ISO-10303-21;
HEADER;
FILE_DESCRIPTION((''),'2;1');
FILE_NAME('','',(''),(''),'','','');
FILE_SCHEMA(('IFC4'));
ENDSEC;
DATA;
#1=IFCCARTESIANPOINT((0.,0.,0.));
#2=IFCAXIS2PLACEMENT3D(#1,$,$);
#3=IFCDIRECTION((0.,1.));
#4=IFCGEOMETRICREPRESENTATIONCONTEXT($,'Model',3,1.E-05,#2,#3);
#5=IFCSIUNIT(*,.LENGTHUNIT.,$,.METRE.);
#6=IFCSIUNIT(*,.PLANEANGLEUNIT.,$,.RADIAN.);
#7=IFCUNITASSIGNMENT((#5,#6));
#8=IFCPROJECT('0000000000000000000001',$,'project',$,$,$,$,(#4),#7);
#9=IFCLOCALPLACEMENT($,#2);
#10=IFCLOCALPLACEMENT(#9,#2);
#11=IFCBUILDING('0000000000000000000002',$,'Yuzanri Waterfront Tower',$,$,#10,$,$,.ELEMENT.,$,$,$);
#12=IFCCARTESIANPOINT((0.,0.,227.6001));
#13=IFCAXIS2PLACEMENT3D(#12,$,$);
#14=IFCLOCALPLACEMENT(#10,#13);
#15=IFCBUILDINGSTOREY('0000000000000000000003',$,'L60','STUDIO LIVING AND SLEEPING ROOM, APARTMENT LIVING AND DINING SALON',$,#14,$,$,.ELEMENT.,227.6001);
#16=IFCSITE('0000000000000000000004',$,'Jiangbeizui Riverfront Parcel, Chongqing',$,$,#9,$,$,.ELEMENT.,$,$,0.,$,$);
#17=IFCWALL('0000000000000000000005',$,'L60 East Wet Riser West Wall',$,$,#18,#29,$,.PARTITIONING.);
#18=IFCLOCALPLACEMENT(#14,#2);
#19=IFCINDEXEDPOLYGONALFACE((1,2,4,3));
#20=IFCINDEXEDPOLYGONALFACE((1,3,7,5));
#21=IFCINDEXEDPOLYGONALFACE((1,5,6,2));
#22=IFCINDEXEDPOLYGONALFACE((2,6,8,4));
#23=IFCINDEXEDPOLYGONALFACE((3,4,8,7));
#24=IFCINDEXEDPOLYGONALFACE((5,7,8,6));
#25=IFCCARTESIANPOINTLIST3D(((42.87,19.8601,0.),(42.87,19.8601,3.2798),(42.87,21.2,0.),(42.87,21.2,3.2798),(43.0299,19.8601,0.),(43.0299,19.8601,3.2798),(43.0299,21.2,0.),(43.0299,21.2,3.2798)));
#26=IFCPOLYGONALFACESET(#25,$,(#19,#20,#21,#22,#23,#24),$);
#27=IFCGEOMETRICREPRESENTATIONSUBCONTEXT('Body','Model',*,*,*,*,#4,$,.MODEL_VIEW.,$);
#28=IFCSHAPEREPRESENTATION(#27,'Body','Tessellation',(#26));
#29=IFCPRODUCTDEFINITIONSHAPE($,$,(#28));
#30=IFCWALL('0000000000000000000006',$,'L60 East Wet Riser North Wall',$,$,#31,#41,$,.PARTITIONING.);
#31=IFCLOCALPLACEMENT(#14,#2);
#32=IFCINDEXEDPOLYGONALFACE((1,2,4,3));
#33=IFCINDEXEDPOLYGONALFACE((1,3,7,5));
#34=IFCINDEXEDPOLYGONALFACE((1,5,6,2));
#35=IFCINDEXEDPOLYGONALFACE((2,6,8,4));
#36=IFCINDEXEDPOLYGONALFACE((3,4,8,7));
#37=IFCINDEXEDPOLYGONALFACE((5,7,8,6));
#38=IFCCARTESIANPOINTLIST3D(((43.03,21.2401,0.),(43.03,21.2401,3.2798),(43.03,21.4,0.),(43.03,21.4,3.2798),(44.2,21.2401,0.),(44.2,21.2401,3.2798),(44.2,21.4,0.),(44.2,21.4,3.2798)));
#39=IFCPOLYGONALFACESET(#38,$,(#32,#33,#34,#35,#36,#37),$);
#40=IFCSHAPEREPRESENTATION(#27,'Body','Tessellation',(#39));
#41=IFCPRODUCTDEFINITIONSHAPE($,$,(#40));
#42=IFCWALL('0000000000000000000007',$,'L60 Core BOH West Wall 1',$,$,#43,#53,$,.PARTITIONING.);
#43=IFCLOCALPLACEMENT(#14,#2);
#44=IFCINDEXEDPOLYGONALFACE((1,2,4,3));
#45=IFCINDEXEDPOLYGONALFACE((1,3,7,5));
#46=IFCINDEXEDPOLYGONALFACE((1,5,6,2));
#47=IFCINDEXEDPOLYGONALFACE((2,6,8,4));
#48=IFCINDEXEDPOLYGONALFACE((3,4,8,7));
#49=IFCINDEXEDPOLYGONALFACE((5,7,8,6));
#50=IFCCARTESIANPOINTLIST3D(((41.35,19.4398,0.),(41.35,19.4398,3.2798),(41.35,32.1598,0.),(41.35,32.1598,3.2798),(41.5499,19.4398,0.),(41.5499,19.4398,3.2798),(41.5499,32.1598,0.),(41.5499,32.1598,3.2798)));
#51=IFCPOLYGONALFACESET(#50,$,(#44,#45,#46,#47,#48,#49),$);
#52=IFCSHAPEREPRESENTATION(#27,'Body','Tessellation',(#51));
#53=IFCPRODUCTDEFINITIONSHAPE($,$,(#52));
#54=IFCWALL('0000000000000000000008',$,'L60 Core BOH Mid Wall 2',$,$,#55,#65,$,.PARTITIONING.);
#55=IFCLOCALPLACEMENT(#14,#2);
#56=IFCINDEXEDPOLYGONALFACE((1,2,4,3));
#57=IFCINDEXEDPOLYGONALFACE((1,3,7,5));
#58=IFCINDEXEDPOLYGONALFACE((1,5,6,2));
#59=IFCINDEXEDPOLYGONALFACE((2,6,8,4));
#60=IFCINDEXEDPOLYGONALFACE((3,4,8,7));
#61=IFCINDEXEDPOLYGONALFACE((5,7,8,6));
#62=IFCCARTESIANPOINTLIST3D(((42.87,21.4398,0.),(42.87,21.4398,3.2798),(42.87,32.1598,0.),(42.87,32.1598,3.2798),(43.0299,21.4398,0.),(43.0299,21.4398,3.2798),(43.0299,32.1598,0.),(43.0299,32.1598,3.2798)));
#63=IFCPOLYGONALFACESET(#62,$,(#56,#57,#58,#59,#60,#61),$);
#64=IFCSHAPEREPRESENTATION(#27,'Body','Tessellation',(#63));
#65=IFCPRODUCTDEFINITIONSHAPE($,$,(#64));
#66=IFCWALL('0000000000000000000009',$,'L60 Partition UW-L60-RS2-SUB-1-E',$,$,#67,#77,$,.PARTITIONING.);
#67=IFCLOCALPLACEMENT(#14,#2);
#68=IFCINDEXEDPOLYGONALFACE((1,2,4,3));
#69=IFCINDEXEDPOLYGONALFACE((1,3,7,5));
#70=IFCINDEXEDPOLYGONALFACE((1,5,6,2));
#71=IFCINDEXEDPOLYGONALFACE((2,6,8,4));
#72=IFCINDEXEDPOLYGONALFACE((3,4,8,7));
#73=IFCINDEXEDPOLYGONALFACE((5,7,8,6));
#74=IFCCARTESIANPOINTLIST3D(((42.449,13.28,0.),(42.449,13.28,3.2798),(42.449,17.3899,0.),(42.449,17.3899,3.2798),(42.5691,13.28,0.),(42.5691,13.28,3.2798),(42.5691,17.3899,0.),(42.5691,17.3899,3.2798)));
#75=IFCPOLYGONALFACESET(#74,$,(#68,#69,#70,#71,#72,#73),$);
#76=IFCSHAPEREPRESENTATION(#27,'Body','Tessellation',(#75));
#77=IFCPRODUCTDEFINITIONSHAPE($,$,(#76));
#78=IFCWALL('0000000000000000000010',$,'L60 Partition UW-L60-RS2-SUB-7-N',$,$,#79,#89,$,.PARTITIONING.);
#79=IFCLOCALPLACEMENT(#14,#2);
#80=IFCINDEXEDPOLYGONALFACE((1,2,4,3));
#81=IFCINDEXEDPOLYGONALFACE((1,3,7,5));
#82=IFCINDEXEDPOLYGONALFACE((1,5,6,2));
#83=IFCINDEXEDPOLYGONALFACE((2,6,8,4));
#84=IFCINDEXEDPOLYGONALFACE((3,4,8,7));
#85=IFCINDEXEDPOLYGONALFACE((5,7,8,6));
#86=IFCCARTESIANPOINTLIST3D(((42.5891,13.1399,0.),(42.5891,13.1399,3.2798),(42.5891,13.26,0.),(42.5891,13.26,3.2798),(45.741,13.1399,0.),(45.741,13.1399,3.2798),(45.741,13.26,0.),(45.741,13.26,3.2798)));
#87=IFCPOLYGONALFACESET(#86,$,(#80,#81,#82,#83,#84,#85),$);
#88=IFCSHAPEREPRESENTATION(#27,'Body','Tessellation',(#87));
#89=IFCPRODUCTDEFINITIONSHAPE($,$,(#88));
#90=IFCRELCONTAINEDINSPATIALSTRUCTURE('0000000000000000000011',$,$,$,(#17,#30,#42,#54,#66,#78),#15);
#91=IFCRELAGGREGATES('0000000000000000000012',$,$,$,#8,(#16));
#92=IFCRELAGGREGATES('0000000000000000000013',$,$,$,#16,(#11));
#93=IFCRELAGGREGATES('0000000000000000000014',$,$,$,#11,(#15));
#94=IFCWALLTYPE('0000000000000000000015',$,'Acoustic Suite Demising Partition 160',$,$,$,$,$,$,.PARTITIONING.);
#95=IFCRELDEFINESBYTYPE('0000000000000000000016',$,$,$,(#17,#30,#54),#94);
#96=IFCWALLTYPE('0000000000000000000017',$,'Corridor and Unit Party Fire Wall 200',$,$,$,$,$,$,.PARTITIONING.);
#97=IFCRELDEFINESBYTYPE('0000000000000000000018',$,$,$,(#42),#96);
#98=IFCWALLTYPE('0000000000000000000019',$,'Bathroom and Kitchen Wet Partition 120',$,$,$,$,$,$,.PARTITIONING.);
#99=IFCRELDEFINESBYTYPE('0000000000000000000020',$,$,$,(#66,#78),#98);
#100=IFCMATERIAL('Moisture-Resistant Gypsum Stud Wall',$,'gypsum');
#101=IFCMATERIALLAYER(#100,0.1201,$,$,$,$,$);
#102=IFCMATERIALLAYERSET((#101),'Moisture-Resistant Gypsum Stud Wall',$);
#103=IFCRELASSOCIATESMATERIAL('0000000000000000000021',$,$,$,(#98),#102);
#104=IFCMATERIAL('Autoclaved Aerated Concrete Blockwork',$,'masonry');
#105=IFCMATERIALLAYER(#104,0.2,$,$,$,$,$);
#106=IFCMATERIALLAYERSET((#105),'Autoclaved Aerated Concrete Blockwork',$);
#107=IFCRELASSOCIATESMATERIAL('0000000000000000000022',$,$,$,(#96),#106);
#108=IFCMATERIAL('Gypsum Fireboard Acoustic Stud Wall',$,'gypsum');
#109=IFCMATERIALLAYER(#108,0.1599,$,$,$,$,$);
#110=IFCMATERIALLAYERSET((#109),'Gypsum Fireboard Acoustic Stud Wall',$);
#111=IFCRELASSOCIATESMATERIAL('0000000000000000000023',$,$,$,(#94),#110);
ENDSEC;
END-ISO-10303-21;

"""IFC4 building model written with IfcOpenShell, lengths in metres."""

from ifc_helpers import new_model, si_unit, direction, frame, frame_2d, origin, place, context, subcontext, project, spatial, rectangle, extrude, source, transform, mapped, material, layer, layer_set, type_object, element, save


model = new_model("IFC4")

# Units and contexts
model_context = context("Model", 3, precision=1e-05, world=origin(), true_north=direction((0.0, 1.0)))
body_context = subcontext(model_context, "Body", "Model", "MODEL_VIEW")
ifc_project = project(units=[si_unit("LENGTHUNIT", "METRE"), si_unit("PLANEANGLEUNIT", "RADIAN")], contexts=[model_context])

# Site, building, storey
site_placement = place(None, origin())
site = spatial("IfcSite", under=ifc_project, at=site_placement, Name="Jiangbeizui Riverfront Parcel, Chongqing", CompositionType="ELEMENT", RefElevation=0.0)
building_placement = place(site_placement, origin())
building = spatial("IfcBuilding", under=site, at=building_placement, Name="Yuzanri Waterfront Tower", CompositionType="ELEMENT")
storey_placement = place(building_placement, frame((0.0, 0.0, 227.6001)))
storey = spatial("IfcBuildingStorey", under=building, at=storey_placement, Name="L60", Description="STUDIO LIVING AND SLEEPING ROOM, APARTMENT LIVING AND DINING SALON", CompositionType="ELEMENT", Elevation=227.6001)

# Shared definitions
ifc_material_1 = material(Name="Moisture-Resistant Gypsum Stud Wall", Category="gypsum")
ifc_layer_1 = layer(ifc_material_1, 0.1201)
ifc_layer_set_1 = layer_set([ifc_layer_1], Name="Moisture-Resistant Gypsum Stud Wall")
wall_type_1 = type_object("IfcWallType", Name="Bathroom and Kitchen Wet Partition 120", PredefinedType="PARTITIONING", material=ifc_layer_set_1)
ifc_material_2 = material(Name="Autoclaved Aerated Concrete Blockwork", Category="masonry")
ifc_layer_2 = layer(ifc_material_2, 0.2)
ifc_layer_set_2 = layer_set([ifc_layer_2], Name="Autoclaved Aerated Concrete Blockwork")
wall_type_2 = type_object("IfcWallType", Name="Corridor and Unit Party Fire Wall 200", PredefinedType="PARTITIONING", material=ifc_layer_set_2)

# Walls
ifc_material_3 = material(Name="Gypsum Fireboard Acoustic Stud Wall", Category="gypsum")
ifc_layer_3 = layer(ifc_material_3, 0.1599)
ifc_layer_set_3 = layer_set([ifc_layer_3], Name="Gypsum Fireboard Acoustic Stud Wall")
wall_type_3 = type_object("IfcWallType", Name="Acoustic Suite Demising Partition 160", PredefinedType="PARTITIONING", material=ifc_layer_set_3)
shared_shape_1 = source(origin(), body_context, "Body", "SweptSolid", [
    extrude(rectangle(XDim=1.3398, YDim=0.1599, at=frame_2d((0.6699, 0.0))), origin(), (0.0, 0.0, 1.0), 3.2798),
])
wall_1_placement = place(storey_placement, frame((42.95, 19.8601, 0.0), z_axis=(0.0, 0.0, 1.0), x_axis=(0.0, 1.0, 0.0)))
element("IfcWall", 1, at=wall_1_placement, inside=storey, type_object=wall_type_3, Name="L60 East Wet Riser West Wall", PredefinedType="PARTITIONING", context=body_context, shape_type="MappedRepresentation", body=[
    mapped(shared_shape_1, transform((0.0, 0.0, 0.0), scale=1.0)),
])
shared_shape_2 = source(origin(), body_context, "Body", "SweptSolid", [
    extrude(rectangle(XDim=1.1699, YDim=0.1599, at=frame_2d((0.585, 0.0))), origin(), (0.0, 0.0, 1.0), 3.2798),
])
wall_2_placement = place(storey_placement, frame((43.03, 21.3201, 0.0), z_axis=(0.0, 0.0, 1.0), x_axis=(1.0, 0.0, 0.0)))
element("IfcWall", 2, at=wall_2_placement, inside=storey, type_object=wall_type_3, Name="L60 East Wet Riser North Wall", PredefinedType="PARTITIONING", context=body_context, shape_type="MappedRepresentation", body=[
    mapped(shared_shape_2, transform((0.0, 0.0, 0.0), scale=1.0)),
])
shared_shape_3 = source(origin(), body_context, "Body", "SweptSolid", [
    extrude(rectangle(XDim=12.72, YDim=0.2, at=frame_2d((6.3599, 0.0))), origin(), (0.0, 0.0, 1.0), 3.2798),
])
wall_3_placement = place(storey_placement, frame((41.45, 19.4399, 0.0), z_axis=(0.0, 0.0, 1.0), x_axis=(0.0, 1.0, 0.0)))
element("IfcWall", 3, at=wall_3_placement, inside=storey, type_object=wall_type_2, Name="L60 Core BOH West Wall 1", PredefinedType="PARTITIONING", context=body_context, shape_type="MappedRepresentation", body=[
    mapped(shared_shape_3, transform((0.0, 0.0, 0.0), scale=1.0)),
])
shared_shape_4 = source(origin(), body_context, "Body", "SweptSolid", [
    extrude(rectangle(XDim=10.72, YDim=0.1599, at=frame_2d((5.3599, 0.0))), origin(), (0.0, 0.0, 1.0), 3.2798),
])
wall_4_placement = place(storey_placement, frame((42.95, 21.4399, 0.0), z_axis=(0.0, 0.0, 1.0), x_axis=(0.0, 1.0, 0.0)))
element("IfcWall", 4, at=wall_4_placement, inside=storey, type_object=wall_type_3, Name="L60 Core BOH Mid Wall 2", PredefinedType="PARTITIONING", context=body_context, shape_type="MappedRepresentation", body=[
    mapped(shared_shape_4, transform((0.0, 0.0, 0.0), scale=1.0)),
])
shared_shape_5 = source(origin(), body_context, "Body", "SweptSolid", [
    extrude(rectangle(XDim=4.1099, YDim=0.1201, at=frame_2d((2.0549, 0.0))), origin(), (0.0, 0.0, 1.0), 3.2798),
])
wall_5_placement = place(storey_placement, frame((42.509, 13.28, 0.0), z_axis=(0.0, 0.0, 1.0), x_axis=(0.0, 1.0, 0.0)))
element("IfcWall", 5, at=wall_5_placement, inside=storey, type_object=wall_type_1, Name="L60 Partition UW-L60-RS2-SUB-1-E", PredefinedType="PARTITIONING", context=body_context, shape_type="MappedRepresentation", body=[
    mapped(shared_shape_5, transform((0.0, 0.0, 0.0), scale=1.0)),
])
shared_shape_6 = source(origin(), body_context, "Body", "SweptSolid", [
    extrude(rectangle(XDim=3.1519, YDim=0.1201, at=frame_2d((1.5759, 0.0))), origin(), (0.0, 0.0, 1.0), 3.2798),
])
wall_6_placement = place(storey_placement, frame((42.5891, 13.2, 0.0), z_axis=(0.0, 0.0, 1.0), x_axis=(1.0, 0.0, 0.0)))
element("IfcWall", 6, at=wall_6_placement, inside=storey, type_object=wall_type_1, Name="L60 Partition UW-L60-RS2-SUB-7-N", PredefinedType="PARTITIONING", context=body_context, shape_type="MappedRepresentation", body=[
    mapped(shared_shape_6, transform((0.0, 0.0, 0.0), scale=1.0)),
])

save(model, "model.ifc")
